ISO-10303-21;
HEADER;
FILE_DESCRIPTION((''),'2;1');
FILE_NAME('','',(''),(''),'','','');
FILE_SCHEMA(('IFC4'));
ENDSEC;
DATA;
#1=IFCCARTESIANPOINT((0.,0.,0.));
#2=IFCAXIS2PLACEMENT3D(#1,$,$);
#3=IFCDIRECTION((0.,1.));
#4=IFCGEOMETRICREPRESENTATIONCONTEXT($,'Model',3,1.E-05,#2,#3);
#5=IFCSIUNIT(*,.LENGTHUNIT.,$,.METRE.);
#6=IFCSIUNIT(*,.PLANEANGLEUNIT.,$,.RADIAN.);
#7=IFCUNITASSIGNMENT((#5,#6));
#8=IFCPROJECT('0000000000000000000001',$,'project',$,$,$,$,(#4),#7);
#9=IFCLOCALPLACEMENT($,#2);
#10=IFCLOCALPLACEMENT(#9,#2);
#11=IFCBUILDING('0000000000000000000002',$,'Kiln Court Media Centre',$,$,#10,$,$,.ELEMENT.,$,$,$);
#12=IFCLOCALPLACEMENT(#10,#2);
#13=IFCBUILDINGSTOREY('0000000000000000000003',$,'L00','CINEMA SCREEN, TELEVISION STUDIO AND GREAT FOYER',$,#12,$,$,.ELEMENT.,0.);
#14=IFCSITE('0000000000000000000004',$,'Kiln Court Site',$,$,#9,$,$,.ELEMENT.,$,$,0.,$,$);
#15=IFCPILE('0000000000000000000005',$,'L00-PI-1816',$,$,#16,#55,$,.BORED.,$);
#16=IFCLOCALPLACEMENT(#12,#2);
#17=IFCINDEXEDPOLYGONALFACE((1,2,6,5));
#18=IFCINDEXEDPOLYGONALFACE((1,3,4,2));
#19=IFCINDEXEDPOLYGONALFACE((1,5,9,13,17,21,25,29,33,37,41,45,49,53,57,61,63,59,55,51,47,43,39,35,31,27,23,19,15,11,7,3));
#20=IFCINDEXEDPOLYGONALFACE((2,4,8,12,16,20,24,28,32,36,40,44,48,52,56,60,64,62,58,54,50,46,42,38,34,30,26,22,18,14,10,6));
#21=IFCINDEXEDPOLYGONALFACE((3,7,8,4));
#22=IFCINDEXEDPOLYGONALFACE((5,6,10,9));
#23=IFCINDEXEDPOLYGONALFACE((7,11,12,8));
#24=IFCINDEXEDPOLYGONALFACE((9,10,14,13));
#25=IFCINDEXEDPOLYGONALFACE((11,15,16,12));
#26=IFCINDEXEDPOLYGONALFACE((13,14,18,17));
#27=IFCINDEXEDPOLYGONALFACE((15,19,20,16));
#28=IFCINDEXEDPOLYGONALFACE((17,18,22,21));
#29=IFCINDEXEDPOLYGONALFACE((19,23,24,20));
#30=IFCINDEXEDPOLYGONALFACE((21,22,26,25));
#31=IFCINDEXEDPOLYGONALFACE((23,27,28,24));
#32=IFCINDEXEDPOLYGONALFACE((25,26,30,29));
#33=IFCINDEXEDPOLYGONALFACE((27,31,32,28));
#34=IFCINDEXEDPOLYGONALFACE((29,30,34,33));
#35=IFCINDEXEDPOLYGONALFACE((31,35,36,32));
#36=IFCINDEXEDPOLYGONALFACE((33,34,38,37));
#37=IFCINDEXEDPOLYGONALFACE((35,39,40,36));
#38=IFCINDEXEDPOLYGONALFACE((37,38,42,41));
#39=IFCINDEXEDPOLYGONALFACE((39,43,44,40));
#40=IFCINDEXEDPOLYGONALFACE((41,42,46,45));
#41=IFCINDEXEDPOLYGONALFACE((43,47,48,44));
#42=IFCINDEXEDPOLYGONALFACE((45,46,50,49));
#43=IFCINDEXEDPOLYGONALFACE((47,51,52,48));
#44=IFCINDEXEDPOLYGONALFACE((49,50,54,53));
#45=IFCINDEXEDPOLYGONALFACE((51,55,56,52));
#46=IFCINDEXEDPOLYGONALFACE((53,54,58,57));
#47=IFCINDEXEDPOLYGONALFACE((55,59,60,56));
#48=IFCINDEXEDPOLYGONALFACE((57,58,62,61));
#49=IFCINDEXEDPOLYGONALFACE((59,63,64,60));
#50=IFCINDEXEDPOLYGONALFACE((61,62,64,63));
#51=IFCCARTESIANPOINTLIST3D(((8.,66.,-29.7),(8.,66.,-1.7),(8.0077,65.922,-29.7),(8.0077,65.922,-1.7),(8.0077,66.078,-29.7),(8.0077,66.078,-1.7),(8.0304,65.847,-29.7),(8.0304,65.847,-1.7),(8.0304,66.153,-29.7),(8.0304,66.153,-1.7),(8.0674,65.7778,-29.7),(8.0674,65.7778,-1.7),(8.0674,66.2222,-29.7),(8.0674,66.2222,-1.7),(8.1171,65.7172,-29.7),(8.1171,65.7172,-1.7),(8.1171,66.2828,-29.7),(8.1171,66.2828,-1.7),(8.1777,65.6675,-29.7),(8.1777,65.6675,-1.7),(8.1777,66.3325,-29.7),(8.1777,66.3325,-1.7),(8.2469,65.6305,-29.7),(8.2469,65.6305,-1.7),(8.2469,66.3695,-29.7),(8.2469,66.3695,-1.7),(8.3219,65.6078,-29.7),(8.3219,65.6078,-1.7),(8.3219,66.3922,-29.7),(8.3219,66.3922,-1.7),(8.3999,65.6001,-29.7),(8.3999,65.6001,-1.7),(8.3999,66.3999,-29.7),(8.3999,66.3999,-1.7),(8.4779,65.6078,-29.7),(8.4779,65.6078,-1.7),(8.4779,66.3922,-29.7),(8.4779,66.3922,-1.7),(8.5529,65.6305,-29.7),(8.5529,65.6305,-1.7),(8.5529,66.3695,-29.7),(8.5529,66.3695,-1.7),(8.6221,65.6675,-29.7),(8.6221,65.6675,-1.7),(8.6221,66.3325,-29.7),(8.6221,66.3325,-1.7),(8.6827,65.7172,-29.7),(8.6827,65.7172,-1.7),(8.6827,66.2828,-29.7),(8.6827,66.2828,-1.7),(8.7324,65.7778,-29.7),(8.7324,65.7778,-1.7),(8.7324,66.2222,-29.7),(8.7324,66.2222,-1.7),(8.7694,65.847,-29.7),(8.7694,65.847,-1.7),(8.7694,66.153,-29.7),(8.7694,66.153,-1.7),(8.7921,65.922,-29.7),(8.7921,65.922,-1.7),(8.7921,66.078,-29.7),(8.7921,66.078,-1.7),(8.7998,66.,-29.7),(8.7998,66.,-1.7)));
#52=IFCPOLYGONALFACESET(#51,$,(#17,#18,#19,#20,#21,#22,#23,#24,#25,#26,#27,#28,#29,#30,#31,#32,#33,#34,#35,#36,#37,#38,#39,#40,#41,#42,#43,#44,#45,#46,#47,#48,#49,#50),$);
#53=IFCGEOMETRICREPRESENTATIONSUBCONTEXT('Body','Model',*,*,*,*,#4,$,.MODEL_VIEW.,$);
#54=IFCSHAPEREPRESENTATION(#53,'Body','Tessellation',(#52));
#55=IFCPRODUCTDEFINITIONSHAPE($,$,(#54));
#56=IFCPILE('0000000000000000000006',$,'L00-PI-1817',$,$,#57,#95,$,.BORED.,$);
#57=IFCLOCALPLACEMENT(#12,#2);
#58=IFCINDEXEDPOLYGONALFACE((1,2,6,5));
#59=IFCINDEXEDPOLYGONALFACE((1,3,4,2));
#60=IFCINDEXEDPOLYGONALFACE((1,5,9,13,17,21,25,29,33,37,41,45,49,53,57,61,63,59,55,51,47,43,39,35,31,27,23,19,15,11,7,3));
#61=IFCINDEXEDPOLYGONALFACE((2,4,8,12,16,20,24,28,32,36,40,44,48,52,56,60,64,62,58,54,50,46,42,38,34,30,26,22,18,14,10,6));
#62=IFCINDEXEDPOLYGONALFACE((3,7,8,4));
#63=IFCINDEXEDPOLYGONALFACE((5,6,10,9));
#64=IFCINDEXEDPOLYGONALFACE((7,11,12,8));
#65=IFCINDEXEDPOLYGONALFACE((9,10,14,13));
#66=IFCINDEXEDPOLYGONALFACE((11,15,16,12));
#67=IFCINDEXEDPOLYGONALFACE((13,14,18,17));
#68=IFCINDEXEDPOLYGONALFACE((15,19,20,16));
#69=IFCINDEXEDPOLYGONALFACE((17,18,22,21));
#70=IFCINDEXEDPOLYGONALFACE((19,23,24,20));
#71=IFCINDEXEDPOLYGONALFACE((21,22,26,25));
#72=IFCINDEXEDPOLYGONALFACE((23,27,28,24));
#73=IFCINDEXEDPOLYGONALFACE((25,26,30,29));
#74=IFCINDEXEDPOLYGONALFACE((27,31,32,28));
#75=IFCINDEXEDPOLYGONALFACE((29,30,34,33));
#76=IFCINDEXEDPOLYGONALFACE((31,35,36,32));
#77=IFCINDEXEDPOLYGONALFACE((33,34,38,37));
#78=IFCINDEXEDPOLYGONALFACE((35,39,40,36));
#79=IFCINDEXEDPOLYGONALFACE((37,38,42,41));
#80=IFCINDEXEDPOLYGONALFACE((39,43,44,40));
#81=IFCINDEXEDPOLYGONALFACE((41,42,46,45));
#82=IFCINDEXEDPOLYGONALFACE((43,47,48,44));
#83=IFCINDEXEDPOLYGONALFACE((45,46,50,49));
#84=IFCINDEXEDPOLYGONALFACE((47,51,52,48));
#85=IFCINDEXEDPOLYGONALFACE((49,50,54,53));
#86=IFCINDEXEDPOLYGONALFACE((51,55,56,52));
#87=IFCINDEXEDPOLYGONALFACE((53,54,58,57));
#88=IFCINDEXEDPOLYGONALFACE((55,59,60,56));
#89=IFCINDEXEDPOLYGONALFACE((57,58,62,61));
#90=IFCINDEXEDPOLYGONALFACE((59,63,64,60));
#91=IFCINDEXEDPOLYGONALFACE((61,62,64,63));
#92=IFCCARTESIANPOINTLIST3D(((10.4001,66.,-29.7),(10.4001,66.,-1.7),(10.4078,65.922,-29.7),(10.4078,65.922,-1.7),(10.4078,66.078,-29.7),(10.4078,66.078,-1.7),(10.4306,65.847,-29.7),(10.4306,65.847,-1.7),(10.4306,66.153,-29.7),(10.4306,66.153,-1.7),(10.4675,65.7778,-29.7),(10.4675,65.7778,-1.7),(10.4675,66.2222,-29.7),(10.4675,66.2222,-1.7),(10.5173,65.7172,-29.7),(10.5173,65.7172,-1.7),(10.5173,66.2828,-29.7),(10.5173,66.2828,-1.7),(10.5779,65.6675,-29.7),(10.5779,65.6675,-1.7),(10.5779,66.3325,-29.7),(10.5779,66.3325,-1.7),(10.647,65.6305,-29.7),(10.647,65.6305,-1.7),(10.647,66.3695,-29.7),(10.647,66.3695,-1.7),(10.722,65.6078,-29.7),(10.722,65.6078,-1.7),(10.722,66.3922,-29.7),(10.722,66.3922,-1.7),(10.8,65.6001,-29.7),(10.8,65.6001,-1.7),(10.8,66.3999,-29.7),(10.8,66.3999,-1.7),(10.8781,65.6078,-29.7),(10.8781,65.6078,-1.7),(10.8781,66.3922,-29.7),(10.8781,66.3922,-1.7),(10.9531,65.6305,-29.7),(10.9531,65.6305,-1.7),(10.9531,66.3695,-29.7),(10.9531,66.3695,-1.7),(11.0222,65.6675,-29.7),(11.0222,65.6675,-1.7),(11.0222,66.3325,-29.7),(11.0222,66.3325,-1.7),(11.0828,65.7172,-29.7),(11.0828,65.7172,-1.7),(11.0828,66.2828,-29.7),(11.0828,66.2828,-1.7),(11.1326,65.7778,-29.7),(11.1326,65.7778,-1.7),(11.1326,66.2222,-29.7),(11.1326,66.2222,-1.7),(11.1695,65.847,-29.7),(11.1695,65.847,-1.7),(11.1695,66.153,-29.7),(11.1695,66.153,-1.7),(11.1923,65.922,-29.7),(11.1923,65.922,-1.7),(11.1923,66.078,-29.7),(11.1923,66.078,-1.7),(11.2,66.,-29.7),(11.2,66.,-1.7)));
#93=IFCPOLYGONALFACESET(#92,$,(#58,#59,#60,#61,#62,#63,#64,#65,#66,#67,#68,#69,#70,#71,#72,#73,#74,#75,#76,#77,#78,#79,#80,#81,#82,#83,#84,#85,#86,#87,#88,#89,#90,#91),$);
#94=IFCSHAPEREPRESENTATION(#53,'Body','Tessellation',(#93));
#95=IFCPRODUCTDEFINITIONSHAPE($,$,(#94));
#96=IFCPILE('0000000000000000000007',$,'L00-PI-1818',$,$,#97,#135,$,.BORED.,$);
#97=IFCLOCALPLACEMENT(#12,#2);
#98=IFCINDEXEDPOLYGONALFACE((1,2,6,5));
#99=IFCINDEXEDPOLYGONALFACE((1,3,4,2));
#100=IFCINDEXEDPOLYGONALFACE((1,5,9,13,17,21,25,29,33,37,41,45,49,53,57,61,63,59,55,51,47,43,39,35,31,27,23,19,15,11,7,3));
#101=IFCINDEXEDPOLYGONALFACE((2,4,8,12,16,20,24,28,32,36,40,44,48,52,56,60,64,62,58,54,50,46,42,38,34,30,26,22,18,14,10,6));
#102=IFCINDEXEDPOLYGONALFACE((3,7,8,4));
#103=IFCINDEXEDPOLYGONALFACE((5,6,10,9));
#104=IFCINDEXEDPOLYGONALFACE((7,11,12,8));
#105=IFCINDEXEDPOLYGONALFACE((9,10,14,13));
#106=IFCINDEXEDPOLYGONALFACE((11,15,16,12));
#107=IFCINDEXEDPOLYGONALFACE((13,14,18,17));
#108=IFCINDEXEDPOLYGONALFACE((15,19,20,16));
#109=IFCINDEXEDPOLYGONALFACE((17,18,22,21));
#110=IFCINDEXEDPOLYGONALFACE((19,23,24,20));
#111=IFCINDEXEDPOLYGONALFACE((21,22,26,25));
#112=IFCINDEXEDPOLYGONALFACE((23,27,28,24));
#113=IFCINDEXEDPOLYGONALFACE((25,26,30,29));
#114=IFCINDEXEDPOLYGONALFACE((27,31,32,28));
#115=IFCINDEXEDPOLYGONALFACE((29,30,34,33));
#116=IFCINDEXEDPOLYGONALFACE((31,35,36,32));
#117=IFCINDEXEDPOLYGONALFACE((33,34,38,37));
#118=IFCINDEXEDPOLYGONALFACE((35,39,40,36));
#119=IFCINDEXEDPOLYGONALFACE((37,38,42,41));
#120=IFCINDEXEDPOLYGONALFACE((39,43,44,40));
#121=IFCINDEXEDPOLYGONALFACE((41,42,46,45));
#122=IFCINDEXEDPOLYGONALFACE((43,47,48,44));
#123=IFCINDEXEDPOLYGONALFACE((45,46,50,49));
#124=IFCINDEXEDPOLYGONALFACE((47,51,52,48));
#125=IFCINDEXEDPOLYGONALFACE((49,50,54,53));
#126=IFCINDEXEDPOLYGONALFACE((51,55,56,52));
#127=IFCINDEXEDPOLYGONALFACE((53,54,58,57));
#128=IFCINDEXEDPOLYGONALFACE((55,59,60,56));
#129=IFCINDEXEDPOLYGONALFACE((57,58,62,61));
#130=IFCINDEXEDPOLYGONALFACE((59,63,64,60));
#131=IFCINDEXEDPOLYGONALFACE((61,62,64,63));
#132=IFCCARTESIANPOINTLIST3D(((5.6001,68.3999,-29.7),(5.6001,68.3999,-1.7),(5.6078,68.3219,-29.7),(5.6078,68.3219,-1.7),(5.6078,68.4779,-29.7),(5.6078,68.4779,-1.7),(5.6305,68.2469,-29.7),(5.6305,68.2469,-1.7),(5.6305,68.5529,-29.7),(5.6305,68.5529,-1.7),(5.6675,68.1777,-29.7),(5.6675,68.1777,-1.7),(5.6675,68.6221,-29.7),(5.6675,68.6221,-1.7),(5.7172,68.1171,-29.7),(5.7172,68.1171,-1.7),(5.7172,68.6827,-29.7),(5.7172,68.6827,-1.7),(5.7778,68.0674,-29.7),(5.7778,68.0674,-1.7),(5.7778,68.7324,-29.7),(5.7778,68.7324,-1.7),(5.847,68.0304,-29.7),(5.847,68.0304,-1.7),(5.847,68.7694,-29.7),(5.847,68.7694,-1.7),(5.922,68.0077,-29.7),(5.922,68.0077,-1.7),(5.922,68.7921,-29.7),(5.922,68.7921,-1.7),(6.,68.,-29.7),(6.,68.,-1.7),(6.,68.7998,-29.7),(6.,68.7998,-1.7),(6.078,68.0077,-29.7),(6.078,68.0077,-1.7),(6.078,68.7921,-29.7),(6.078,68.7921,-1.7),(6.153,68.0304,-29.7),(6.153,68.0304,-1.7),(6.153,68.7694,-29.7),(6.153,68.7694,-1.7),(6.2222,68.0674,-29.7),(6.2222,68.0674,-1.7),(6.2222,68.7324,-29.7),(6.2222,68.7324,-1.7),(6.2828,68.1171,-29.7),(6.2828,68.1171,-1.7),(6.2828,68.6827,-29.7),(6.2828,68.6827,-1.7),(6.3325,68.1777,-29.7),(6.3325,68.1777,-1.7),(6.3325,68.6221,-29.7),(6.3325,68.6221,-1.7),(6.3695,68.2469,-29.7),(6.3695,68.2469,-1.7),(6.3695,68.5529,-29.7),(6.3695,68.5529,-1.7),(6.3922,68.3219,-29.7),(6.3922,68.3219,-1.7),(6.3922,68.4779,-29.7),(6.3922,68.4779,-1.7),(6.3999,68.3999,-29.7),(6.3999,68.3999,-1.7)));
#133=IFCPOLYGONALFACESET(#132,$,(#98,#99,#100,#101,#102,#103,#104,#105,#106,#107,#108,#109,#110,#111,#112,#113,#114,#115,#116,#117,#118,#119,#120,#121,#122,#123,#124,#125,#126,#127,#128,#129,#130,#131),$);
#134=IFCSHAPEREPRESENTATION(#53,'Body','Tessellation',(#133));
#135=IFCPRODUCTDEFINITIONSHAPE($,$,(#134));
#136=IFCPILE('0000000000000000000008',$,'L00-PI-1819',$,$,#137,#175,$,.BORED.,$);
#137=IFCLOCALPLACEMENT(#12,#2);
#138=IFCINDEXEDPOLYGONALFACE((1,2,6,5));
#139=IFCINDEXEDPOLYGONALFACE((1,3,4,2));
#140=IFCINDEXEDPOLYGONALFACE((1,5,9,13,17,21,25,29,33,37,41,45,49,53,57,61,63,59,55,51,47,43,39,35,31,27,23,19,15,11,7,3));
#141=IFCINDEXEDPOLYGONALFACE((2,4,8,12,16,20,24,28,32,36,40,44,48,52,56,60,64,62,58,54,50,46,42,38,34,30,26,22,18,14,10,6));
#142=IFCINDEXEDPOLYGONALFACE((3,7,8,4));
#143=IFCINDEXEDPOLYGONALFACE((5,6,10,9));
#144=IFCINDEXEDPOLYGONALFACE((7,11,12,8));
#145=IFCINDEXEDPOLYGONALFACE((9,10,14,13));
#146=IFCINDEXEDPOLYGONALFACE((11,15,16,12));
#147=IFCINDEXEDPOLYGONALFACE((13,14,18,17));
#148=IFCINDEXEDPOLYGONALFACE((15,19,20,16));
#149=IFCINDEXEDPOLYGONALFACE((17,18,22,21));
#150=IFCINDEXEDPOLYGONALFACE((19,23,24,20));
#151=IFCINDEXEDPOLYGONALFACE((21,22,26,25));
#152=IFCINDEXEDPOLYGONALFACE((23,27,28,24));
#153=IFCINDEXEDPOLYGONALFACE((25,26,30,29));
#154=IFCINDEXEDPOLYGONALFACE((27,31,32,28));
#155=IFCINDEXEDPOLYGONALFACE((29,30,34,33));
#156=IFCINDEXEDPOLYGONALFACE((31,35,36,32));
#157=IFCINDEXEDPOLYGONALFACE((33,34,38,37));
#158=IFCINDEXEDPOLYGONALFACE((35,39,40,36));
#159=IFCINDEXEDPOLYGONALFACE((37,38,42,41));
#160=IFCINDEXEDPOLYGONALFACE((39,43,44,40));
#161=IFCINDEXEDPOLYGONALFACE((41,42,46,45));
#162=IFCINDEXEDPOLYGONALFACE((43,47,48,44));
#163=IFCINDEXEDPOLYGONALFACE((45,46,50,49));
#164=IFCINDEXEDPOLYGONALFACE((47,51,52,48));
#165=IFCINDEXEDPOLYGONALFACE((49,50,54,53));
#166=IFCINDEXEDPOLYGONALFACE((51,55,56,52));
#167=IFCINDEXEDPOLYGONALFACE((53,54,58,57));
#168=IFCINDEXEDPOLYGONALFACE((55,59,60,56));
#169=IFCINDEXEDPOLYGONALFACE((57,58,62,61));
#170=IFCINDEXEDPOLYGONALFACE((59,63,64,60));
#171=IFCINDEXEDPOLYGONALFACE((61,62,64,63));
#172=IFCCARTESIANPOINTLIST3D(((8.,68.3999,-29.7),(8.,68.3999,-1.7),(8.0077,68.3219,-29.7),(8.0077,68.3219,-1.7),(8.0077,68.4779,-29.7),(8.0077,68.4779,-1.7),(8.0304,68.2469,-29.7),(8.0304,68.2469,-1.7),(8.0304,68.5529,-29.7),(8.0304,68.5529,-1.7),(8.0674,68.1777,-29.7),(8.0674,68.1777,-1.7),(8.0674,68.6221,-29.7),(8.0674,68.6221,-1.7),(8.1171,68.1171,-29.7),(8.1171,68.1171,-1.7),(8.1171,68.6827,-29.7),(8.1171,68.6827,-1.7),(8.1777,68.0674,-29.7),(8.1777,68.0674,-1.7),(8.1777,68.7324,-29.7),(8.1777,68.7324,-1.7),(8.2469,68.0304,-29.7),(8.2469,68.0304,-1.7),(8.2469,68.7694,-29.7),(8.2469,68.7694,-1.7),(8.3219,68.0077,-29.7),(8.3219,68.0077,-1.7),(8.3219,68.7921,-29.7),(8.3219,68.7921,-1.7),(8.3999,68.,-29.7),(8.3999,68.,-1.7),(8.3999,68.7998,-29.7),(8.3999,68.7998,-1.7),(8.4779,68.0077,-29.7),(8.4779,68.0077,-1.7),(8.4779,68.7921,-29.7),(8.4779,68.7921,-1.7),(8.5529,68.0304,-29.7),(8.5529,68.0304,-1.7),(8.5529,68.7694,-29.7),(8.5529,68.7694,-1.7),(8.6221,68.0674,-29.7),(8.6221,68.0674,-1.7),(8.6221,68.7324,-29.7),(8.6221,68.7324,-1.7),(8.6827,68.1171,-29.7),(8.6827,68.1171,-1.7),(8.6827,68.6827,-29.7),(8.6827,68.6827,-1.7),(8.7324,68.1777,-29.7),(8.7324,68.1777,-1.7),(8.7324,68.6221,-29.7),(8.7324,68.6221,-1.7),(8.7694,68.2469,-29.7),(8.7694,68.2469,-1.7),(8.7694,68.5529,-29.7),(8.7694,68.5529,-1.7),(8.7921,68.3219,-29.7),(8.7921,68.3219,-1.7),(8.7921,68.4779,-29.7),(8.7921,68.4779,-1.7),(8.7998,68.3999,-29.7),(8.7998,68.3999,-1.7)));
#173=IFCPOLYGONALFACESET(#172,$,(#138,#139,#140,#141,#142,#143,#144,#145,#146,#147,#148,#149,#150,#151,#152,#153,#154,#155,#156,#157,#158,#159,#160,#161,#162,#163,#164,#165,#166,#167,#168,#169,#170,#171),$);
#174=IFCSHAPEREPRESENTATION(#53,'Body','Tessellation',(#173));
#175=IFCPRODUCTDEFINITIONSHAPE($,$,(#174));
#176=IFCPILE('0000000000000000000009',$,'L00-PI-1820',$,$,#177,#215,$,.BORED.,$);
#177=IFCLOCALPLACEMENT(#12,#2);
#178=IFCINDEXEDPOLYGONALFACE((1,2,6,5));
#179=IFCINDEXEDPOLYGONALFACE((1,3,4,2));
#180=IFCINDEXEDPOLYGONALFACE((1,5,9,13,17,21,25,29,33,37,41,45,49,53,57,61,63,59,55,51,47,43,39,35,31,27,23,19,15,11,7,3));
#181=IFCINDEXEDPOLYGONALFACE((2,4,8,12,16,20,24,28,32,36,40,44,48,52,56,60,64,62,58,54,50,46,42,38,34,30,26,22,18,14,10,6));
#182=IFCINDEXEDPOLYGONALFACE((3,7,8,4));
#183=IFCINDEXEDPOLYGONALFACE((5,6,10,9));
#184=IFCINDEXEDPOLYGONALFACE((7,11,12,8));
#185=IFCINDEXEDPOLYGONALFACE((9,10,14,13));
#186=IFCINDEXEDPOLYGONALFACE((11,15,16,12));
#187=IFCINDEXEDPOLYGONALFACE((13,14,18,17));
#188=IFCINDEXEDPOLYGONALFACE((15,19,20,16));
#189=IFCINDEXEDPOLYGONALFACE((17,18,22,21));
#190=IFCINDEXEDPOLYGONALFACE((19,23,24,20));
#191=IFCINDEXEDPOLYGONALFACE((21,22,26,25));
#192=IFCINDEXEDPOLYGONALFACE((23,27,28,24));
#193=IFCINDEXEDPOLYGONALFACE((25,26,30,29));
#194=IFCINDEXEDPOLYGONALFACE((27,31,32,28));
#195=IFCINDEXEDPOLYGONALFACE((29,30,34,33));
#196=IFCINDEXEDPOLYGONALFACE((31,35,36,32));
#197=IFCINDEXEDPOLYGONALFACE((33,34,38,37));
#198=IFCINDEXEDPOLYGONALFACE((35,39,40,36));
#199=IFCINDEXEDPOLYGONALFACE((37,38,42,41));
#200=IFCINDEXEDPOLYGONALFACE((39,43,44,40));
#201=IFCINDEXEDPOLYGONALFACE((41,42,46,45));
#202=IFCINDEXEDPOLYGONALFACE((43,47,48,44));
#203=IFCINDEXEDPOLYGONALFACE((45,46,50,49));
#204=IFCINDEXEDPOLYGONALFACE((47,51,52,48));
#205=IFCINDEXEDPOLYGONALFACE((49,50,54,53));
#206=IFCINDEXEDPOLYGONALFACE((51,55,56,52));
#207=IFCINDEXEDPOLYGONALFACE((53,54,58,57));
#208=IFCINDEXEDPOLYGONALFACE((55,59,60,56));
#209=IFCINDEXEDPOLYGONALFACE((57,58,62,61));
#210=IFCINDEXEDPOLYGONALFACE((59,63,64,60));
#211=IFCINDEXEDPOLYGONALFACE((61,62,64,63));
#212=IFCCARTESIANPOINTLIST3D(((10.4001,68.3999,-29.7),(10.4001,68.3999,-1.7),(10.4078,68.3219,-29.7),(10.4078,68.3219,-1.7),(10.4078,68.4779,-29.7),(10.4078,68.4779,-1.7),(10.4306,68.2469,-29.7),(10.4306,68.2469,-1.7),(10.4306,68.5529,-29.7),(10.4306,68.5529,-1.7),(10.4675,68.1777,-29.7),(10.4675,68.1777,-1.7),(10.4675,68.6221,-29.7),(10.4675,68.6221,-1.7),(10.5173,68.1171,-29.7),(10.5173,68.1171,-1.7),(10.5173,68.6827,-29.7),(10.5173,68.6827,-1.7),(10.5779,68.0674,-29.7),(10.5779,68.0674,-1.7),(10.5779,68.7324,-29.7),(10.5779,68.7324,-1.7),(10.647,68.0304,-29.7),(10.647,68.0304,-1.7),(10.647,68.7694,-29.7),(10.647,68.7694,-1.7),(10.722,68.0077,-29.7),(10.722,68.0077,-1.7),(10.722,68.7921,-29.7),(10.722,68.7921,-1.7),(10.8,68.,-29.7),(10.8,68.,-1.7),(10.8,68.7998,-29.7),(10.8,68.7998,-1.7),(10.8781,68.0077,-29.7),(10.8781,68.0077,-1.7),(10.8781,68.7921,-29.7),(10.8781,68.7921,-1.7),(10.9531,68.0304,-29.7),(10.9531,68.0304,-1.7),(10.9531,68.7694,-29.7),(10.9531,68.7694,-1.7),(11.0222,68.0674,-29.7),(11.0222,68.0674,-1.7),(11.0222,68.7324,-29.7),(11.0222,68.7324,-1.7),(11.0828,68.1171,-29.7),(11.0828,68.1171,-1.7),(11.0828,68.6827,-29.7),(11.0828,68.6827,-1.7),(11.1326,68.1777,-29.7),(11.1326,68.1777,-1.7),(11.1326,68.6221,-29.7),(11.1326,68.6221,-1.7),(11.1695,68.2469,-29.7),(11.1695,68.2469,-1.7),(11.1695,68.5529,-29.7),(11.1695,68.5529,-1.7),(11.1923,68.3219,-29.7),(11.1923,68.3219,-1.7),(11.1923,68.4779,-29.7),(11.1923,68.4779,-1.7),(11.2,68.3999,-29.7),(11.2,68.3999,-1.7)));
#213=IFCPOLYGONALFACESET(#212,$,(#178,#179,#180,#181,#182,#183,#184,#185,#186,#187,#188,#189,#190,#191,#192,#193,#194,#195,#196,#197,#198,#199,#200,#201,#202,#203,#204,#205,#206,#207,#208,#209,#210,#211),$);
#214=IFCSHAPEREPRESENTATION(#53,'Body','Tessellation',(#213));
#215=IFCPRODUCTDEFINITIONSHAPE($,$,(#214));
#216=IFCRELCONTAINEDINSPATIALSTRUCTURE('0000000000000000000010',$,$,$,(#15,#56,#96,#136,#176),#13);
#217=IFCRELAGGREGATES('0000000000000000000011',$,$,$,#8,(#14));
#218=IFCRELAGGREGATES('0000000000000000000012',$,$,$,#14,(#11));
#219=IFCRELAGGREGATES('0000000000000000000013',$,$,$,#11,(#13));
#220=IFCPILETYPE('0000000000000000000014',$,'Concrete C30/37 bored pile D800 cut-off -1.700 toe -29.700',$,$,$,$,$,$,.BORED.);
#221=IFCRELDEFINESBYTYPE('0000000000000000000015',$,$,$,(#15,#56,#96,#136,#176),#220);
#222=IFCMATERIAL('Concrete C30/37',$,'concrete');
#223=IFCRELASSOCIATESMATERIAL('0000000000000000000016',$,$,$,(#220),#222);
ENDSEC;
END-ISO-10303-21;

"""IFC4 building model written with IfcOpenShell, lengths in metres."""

from ifc_helpers import new_model, si_unit, direction, frame, origin, origin_2d, place, context, subcontext, project, spatial, circle, extrude, material, material_profile, profile_set, type_object, element, save


model = new_model("IFC4")

# Units and contexts
model_context = context("Model", 3, precision=1e-05, world=origin(), true_north=direction((0.0, 1.0)))
body_context = subcontext(model_context, "Body", "Model", "MODEL_VIEW")
ifc_project = project(units=[si_unit("LENGTHUNIT", "METRE"), si_unit("PLANEANGLEUNIT", "RADIAN")], contexts=[model_context])

# Site, building, storey
site_placement = place(None, origin())
site = spatial("IfcSite", under=ifc_project, at=site_placement, Name="Kiln Court Site", CompositionType="ELEMENT", RefElevation=0.0)
building_placement = place(site_placement, origin())
building = spatial("IfcBuilding", under=site, at=building_placement, Name="Kiln Court Media Centre", CompositionType="ELEMENT")
storey_placement = place(building_placement, origin())
storey = spatial("IfcBuildingStorey", under=building, at=storey_placement, Name="L00", Description="CINEMA SCREEN, TELEVISION STUDIO AND GREAT FOYER", CompositionType="ELEMENT", Elevation=0.0)

# Piles
ifc_material_1 = material(Name="Concrete C30/37", Category="concrete")
ifc_material_profile_1 = material_profile(ifc_material_1, circle(Radius=0.3999, at=origin_2d()), Name="PILE D800")
ifc_profile_set_1 = profile_set([ifc_material_profile_1], Name="Concrete C30/37")
pile_type = type_object("IfcPileType", Name="Concrete C30/37 bored pile D800 cut-off -1.700 toe -29.700", PredefinedType="BORED", material=ifc_profile_set_1)
for number, where, z_axis, x_axis, name in (
    (1, (8.3999, 66.0, -1.7), (0.0, 0.0, -1.0), (1.0, 0.0, 0.0), "L00-PI-1816"),
    (2, (10.8, 66.0, -1.7), (0.0, 0.0, -1.0), (1.0, 0.0, 0.0), "L00-PI-1817"),
    (3, (6.0, 68.3999, -1.7), (0.0, 0.0, -1.0), (1.0, 0.0, 0.0), "L00-PI-1818"),
    (4, (8.3999, 68.3999, -1.7), (0.0, 0.0, -1.0), (1.0, 0.0, 0.0), "L00-PI-1819"),
    (5, (10.8, 68.3999, -1.7), (0.0, 0.0, -1.0), (1.0, 0.0, 0.0), "L00-PI-1820"),
):
    element("IfcPile", number, at=place(storey_placement, frame(where, z_axis=z_axis, x_axis=x_axis)), inside=storey, type_object=pile_type, Name=name, PredefinedType="BORED", context=body_context, shape_type="SweptSolid", body=[
        extrude(circle(Radius=0.3999, at=origin_2d()), origin(), (0.0, 0.0, 1.0), 28.0),
    ])

save(model, "model.ifc")
